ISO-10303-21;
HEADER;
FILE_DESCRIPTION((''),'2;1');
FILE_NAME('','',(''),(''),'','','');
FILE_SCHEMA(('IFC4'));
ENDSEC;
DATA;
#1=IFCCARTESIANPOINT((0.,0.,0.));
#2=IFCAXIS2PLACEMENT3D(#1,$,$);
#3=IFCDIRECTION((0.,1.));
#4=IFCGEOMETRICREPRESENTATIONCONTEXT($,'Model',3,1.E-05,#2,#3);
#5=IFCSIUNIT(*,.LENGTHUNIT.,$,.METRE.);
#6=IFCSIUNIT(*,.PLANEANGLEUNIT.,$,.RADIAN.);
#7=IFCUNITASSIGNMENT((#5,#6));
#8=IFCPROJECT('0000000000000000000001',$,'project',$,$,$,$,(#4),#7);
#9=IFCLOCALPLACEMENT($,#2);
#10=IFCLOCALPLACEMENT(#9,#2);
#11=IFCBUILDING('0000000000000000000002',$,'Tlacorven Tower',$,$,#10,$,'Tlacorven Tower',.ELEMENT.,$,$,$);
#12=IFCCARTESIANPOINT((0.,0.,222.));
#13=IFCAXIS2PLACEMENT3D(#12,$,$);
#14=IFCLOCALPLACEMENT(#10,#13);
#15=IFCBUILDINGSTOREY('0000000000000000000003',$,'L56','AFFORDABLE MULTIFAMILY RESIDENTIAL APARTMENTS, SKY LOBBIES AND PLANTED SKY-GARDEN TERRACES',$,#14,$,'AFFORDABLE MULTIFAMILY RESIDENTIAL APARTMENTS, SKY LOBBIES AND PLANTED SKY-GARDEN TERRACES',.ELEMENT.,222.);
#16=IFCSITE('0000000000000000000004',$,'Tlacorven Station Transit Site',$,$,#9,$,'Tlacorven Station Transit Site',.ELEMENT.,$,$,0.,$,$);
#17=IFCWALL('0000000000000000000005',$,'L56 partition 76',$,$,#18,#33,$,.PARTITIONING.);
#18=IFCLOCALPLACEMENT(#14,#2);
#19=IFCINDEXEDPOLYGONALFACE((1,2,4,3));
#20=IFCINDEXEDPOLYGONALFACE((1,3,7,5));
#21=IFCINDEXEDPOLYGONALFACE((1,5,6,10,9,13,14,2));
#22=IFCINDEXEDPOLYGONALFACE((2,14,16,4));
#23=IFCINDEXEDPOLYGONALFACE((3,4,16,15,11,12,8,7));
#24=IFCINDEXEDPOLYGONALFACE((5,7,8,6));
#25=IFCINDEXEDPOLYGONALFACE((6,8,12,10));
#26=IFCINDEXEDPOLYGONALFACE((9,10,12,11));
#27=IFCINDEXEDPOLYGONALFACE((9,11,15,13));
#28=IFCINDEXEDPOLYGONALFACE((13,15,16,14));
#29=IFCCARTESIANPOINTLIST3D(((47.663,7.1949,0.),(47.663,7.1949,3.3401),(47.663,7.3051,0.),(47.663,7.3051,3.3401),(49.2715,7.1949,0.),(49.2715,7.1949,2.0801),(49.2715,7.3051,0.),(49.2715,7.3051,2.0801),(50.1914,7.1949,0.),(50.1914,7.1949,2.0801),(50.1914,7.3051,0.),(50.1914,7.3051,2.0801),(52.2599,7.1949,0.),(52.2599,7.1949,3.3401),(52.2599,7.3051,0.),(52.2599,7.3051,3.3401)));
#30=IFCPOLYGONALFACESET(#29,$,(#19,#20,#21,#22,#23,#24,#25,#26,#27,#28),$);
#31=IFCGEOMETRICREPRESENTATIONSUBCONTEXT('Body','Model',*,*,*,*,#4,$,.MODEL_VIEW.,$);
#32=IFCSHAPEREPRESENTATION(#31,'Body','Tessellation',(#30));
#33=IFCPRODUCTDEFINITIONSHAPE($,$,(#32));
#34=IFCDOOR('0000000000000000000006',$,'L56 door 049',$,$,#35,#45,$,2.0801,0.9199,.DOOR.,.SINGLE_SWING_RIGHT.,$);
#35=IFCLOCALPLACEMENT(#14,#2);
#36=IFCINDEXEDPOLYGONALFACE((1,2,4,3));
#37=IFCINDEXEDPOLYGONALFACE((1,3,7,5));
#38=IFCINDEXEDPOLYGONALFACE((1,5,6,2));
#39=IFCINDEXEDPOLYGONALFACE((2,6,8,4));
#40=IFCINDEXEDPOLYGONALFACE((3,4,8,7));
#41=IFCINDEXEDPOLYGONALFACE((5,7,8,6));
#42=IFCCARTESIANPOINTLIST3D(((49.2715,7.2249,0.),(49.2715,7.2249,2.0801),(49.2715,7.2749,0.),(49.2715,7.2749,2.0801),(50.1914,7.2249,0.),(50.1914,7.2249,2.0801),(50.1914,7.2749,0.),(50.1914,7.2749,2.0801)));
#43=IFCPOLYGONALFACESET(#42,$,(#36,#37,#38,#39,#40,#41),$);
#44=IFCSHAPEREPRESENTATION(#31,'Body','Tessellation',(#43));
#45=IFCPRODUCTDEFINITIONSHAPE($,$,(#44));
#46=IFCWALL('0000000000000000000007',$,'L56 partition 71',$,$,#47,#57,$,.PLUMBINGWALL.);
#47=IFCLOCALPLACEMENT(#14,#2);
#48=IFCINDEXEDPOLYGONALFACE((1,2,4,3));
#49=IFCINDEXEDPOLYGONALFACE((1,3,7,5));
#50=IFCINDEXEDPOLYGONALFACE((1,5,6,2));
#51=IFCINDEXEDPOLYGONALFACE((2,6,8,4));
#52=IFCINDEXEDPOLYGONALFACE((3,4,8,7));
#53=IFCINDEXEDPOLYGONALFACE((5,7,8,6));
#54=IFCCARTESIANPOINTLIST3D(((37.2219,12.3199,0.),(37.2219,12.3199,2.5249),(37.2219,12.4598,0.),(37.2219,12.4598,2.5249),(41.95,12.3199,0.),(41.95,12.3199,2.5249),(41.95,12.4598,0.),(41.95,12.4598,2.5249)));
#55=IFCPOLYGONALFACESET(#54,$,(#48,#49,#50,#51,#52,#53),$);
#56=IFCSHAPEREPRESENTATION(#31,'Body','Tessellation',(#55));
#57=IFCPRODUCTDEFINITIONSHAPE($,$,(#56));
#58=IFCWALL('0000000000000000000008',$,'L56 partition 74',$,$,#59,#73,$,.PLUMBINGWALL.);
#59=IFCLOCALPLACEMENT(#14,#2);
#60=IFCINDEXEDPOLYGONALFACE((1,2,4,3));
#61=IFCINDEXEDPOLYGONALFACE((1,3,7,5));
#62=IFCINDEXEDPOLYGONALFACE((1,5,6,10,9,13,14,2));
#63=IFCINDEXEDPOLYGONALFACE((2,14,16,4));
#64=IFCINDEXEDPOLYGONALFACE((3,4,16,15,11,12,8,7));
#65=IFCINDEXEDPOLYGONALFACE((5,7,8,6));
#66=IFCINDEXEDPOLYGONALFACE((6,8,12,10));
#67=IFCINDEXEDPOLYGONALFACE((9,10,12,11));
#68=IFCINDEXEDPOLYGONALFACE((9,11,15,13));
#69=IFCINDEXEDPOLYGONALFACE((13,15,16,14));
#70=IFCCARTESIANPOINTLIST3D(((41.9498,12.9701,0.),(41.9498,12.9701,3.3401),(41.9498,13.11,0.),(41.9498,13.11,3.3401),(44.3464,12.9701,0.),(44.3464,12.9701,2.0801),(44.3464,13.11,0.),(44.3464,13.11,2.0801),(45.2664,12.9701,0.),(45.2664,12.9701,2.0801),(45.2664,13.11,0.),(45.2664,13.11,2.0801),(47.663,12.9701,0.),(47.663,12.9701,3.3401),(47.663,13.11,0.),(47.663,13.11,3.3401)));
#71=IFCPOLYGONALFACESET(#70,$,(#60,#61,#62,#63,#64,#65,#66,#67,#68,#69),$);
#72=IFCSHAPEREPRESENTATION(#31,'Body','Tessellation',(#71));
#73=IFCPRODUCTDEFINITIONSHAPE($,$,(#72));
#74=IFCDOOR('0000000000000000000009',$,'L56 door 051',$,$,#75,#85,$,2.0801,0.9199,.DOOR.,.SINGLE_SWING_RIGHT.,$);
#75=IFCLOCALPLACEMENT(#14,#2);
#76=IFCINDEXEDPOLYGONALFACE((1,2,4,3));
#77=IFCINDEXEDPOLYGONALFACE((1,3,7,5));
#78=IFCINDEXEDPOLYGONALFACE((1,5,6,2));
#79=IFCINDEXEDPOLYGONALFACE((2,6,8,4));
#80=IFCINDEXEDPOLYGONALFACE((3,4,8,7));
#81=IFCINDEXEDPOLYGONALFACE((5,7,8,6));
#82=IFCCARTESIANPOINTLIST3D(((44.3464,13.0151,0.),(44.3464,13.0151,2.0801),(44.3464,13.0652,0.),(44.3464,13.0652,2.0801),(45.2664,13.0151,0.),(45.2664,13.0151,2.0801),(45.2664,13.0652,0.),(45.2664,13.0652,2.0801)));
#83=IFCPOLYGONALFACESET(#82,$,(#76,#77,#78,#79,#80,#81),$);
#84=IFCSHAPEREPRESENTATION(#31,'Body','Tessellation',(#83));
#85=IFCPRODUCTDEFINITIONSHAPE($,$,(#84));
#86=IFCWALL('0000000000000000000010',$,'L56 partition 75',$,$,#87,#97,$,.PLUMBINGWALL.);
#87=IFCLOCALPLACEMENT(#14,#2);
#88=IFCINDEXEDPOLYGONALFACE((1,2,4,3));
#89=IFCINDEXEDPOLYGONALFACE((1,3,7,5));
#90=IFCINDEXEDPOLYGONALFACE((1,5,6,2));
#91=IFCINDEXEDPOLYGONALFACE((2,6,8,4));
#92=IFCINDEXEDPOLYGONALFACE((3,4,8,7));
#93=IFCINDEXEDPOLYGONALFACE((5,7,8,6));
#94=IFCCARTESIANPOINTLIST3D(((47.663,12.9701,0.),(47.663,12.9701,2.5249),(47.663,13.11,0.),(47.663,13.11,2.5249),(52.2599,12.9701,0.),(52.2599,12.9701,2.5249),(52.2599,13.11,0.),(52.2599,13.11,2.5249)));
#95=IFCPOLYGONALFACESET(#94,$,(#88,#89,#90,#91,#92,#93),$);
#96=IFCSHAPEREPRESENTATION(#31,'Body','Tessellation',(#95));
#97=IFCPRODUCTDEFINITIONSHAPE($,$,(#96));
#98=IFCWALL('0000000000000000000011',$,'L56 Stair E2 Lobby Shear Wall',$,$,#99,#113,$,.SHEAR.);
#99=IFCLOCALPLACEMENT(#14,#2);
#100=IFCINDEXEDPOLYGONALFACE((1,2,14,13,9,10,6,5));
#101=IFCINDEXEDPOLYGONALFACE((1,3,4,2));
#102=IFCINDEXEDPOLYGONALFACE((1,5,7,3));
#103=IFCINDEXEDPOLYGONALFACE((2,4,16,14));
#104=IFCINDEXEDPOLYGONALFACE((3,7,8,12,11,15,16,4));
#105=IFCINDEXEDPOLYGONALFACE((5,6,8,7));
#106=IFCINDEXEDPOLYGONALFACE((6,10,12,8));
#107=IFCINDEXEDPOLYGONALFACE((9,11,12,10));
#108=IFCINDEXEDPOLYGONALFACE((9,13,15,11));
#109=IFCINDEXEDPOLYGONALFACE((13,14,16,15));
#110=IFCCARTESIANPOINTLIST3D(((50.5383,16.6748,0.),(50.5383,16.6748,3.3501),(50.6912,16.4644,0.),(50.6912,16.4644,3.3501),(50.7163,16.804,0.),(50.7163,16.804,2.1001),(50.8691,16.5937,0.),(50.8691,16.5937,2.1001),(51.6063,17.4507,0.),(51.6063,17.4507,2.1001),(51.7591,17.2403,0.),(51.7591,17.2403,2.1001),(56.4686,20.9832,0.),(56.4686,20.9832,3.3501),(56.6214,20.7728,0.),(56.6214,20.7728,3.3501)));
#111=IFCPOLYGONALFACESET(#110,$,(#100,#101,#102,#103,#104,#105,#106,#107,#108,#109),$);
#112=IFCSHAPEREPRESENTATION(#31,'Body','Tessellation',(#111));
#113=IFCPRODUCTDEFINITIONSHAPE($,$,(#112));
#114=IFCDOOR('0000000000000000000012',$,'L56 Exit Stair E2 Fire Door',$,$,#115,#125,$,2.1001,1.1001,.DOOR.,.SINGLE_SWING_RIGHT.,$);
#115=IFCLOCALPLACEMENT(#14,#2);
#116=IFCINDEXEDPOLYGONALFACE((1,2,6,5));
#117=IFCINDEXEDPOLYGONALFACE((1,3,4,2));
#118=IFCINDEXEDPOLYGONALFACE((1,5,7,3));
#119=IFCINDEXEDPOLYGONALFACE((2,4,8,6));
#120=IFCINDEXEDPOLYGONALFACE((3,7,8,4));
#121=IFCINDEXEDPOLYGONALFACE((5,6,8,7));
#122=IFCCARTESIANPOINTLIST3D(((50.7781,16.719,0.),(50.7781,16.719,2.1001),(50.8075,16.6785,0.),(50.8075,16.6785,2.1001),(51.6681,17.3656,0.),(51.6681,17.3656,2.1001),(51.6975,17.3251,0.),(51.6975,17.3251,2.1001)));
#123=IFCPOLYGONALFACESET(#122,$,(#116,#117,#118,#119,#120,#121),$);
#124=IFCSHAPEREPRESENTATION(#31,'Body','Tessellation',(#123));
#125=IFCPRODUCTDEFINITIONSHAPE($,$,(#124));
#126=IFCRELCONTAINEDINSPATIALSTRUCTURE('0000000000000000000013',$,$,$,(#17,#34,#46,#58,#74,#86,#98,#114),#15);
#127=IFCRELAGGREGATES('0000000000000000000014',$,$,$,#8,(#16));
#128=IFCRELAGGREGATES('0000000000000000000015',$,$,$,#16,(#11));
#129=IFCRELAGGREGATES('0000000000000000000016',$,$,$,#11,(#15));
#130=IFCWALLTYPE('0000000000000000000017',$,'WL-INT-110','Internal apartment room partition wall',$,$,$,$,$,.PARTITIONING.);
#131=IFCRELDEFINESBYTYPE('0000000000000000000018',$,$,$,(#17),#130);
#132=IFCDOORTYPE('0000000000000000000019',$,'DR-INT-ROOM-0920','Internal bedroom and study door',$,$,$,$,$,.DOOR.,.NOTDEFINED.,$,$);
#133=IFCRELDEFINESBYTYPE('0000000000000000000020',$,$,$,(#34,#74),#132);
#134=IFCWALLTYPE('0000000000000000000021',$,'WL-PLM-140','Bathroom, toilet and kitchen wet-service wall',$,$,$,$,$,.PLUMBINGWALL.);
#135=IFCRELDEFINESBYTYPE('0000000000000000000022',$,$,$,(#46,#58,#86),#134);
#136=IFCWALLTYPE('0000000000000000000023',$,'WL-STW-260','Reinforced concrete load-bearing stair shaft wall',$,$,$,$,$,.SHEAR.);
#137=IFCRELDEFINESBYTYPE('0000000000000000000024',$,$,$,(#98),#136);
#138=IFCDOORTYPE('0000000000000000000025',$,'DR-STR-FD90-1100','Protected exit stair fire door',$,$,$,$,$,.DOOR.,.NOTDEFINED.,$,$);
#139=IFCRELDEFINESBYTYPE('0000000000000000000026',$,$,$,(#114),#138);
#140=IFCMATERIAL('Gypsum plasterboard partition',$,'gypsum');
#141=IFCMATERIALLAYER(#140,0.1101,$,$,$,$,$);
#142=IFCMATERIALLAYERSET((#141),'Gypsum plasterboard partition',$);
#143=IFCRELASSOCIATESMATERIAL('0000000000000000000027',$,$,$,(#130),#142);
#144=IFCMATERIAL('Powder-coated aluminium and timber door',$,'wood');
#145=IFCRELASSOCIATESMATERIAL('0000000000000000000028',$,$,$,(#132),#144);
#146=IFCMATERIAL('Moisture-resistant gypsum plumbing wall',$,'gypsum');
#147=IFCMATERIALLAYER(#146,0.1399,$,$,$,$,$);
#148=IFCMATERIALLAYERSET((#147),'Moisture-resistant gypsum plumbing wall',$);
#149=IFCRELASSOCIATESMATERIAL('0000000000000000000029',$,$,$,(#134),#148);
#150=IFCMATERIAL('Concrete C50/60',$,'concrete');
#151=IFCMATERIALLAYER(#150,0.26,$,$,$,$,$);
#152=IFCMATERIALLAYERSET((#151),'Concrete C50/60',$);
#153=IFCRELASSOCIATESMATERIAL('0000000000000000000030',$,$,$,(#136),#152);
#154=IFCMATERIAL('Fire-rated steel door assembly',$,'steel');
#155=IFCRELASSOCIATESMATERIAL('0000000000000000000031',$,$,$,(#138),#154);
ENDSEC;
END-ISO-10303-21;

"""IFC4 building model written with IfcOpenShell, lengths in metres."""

from ifc_helpers import new_model, si_unit, direction, frame, frame_2d, origin, place, context, subcontext, project, spatial, rectangle, extrude, source, transform, mapped, material, layer, layer_set, type_object, element, fill, save


model = new_model("IFC4")

# Units and contexts
model_context = context("Model", 3, precision=1e-05, world=origin(), true_north=direction((0.0, 1.0)))
body_context = subcontext(model_context, "Body", "Model", "MODEL_VIEW")
ifc_project = project(units=[si_unit("LENGTHUNIT", "METRE"), si_unit("PLANEANGLEUNIT", "RADIAN")], contexts=[model_context])

# Site, building, storey
site_placement = place(None, origin())
site = spatial("IfcSite", under=ifc_project, at=site_placement, Name="Tlacorven Station Transit Site", LongName="Tlacorven Station Transit Site", CompositionType="ELEMENT", RefElevation=0.0)
building_placement = place(site_placement, origin())
building = spatial("IfcBuilding", under=site, at=building_placement, Name="Tlacorven Tower", LongName="Tlacorven Tower", CompositionType="ELEMENT")
storey_placement = place(building_placement, frame((0.0, 0.0, 222.0)))
storey = spatial("IfcBuildingStorey", under=building, at=storey_placement, Name="L56", Description="AFFORDABLE MULTIFAMILY RESIDENTIAL APARTMENTS, SKY LOBBIES AND PLANTED SKY-GARDEN TERRACES", LongName="AFFORDABLE MULTIFAMILY RESIDENTIAL APARTMENTS, SKY LOBBIES AND PLANTED SKY-GARDEN TERRACES", CompositionType="ELEMENT", Elevation=222.0)

# Shared definitions
ifc_material_1 = material(Name="Fire-rated steel door assembly", Category="steel")

# Wall, opening, door
ifc_material_2 = material(Name="Gypsum plasterboard partition", Category="gypsum")
ifc_layer_1 = layer(ifc_material_2, 0.1101)
ifc_layer_set_1 = layer_set([ifc_layer_1], Name="Gypsum plasterboard partition")
wall_type_1 = type_object("IfcWallType", Name="WL-INT-110", Description="Internal apartment room partition wall", PredefinedType="PARTITIONING", material=ifc_layer_set_1)
ifc_material_3 = material(Name="Powder-coated aluminium and timber door", Category="wood")
door_type_1 = type_object("IfcDoorType", Name="DR-INT-ROOM-0920", Description="Internal bedroom and study door", OperationType="NOTDEFINED", PredefinedType="DOOR", material=ifc_material_3)
shared_shape_1 = source(origin(), body_context, "Body", "SweptSolid", [
    extrude(rectangle(XDim=0.9199, YDim=2.0801, at=frame_2d((0.46, 1.04))), frame((0.0, 0.0249, 0.0), z_axis=(0.0, -1.0, 0.0), x_axis=(1.0, 0.0, 0.0)), (0.0, 0.0, 1.0), 0.05),
])
wall_1_placement = place(storey_placement, frame((47.6631, 7.25, 0.0), z_axis=(0.0, 0.0, 1.0), x_axis=(1.0, 0.0, 0.0)))
wall_1 = element("IfcWall", 1, at=wall_1_placement, inside=storey, type_object=wall_type_1, Name="L56 partition 76", PredefinedType="PARTITIONING", context=body_context, shape_type="SweptSolid", body=[
    extrude(rectangle(XDim=4.5969, YDim=0.1101, at=frame_2d((2.2983, 0.0))), origin(), (0.0, 0.0, 1.0), 3.3401),
])
opening_1_placement = place(wall_1_placement, frame((1.6084, 0.0, 0.0)))
opening_1 = element("IfcOpeningElement", 2, at=opening_1_placement, cuts=wall_1, PredefinedType="OPENING", context=body_context, shape_type="SweptSolid", body=[
    extrude(rectangle(XDim=0.9199, YDim=2.0801, at=frame_2d((0.46, 1.04))), frame((0.0, 0.0649, 0.0), z_axis=(0.0, -1.0, 0.0), x_axis=(1.0, 0.0, 0.0)), (0.0, 0.0, 1.0), 0.1301),
])
door_1_placement = place(opening_1_placement, origin())
door_1 = element("IfcDoor", 3, at=door_1_placement, inside=storey, type_object=door_type_1, Name="L56 door 049", OperationType="SINGLE_SWING_RIGHT", OverallHeight=2.0801, OverallWidth=0.9199, PredefinedType="DOOR", context=body_context, shape_type="MappedRepresentation", body=[
    mapped(shared_shape_1, transform((0.0, 0.0, 0.0), scale=1.0)),
])
fill(opening_1, door_1)

# Wall
ifc_material_4 = material(Name="Moisture-resistant gypsum plumbing wall", Category="gypsum")
ifc_layer_2 = layer(ifc_material_4, 0.1399)
ifc_layer_set_2 = layer_set([ifc_layer_2], Name="Moisture-resistant gypsum plumbing wall")
wall_type_2 = type_object("IfcWallType", Name="WL-PLM-140", Description="Bathroom, toilet and kitchen wet-service wall", PredefinedType="PLUMBINGWALL", material=ifc_layer_set_2)
wall_2_placement = place(storey_placement, frame((37.2219, 12.3899, 0.0), z_axis=(0.0, 0.0, 1.0), x_axis=(1.0, 0.0, 0.0)))
element("IfcWall", 4, at=wall_2_placement, inside=storey, type_object=wall_type_2, Name="L56 partition 71", PredefinedType="PLUMBINGWALL", context=body_context, shape_type="SweptSolid", body=[
    extrude(rectangle(XDim=4.728, YDim=0.1399, at=frame_2d((2.364, 0.0))), origin(), (0.0, 0.0, 1.0), 2.5249),
])

# Wall, opening, door
wall_3_placement = place(storey_placement, frame((41.95, 13.04, 0.0), z_axis=(0.0, 0.0, 1.0), x_axis=(1.0, 0.0, 0.0)))
wall_3 = element("IfcWall", 5, at=wall_3_placement, inside=storey, type_object=wall_type_2, Name="L56 partition 74", PredefinedType="PLUMBINGWALL", context=body_context, shape_type="SweptSolid", body=[
    extrude(rectangle(XDim=5.7131, YDim=0.1399, at=frame_2d((2.8564, 0.0))), origin(), (0.0, 0.0, 1.0), 3.3401),
])
opening_2_placement = place(wall_3_placement, frame((2.3965, 0.0, 0.0)))
opening_2 = element("IfcOpeningElement", 6, at=opening_2_placement, cuts=wall_3, PredefinedType="OPENING", context=body_context, shape_type="SweptSolid", body=[
    extrude(rectangle(XDim=0.9199, YDim=2.0801, at=frame_2d((0.46, 1.04))), frame((0.0, 0.0801, 0.0), z_axis=(0.0, -1.0, 0.0), x_axis=(1.0, 0.0, 0.0)), (0.0, 0.0, 1.0), 0.1599),
])
door_2_placement = place(opening_2_placement, frame((0.9199, 0.0, 0.0), z_axis=(0.0, 0.0, 1.0), x_axis=(-1.0, 0.0, 0.0)))
door_2 = element("IfcDoor", 7, at=door_2_placement, inside=storey, type_object=door_type_1, Name="L56 door 051", OperationType="SINGLE_SWING_RIGHT", OverallHeight=2.0801, OverallWidth=0.9199, PredefinedType="DOOR", context=body_context, shape_type="MappedRepresentation", body=[
    mapped(shared_shape_1, transform((0.0, 0.0, 0.0), scale=1.0)),
])
fill(opening_2, door_2)

# Wall
wall_4_placement = place(storey_placement, frame((47.6631, 13.04, 0.0), z_axis=(0.0, 0.0, 1.0), x_axis=(1.0, 0.0, 0.0)))
element("IfcWall", 8, at=wall_4_placement, inside=storey, type_object=wall_type_2, Name="L56 partition 75", PredefinedType="PLUMBINGWALL", context=body_context, shape_type="SweptSolid", body=[
    extrude(rectangle(XDim=4.5969, YDim=0.1399, at=frame_2d((2.2983, 0.0))), origin(), (0.0, 0.0, 1.0), 2.5249),
])

# Wall, opening, door
ifc_material_5 = material(Name="Concrete C50/60", Category="concrete")
ifc_layer_3 = layer(ifc_material_5, 0.26)
ifc_layer_set_3 = layer_set([ifc_layer_3], Name="Concrete C50/60")
wall_type_3 = type_object("IfcWallType", Name="WL-STW-260", Description="Reinforced concrete load-bearing stair shaft wall", PredefinedType="SHEAR", material=ifc_layer_set_3)
wall_5_placement = place(storey_placement, frame((50.6147, 16.5696, 0.0), z_axis=(0.0, 0.0, 1.0), x_axis=(0.809028, 0.58777, 0.0)))
wall_5 = element("IfcWall", 9, at=wall_5_placement, inside=storey, type_object=wall_type_3, Name="L56 Stair E2 Lobby Shear Wall", PredefinedType="SHEAR", context=body_context, shape_type="SweptSolid", body=[
    extrude(rectangle(XDim=7.3301, YDim=0.26, at=frame_2d((3.665, 0.0))), origin(), (0.0, 0.0, 1.0), 3.3501),
])
opening_3_placement = place(wall_5_placement, frame((0.22, 0.0, 0.0)))
opening_3 = element("IfcOpeningElement", 10, at=opening_3_placement, cuts=wall_5, PredefinedType="OPENING", context=body_context, shape_type="SweptSolid", body=[
    extrude(rectangle(XDim=1.1001, YDim=2.1001, at=frame_2d((0.55, 1.05))), frame((0.0, 0.1401, 0.0), z_axis=(0.0, -1.0, 0.0), x_axis=(1.0, 0.0, 0.0)), (0.0, 0.0, 1.0), 0.28),
])
door_type_2 = type_object("IfcDoorType", Name="DR-STR-FD90-1100", Description="Protected exit stair fire door", OperationType="NOTDEFINED", PredefinedType="DOOR", material=ifc_material_1)
shared_shape_2 = source(origin(), body_context, "Body", "SweptSolid", [
    extrude(rectangle(XDim=1.1001, YDim=2.1001, at=frame_2d((0.55, 1.05))), frame((0.0, 0.0249, 0.0), z_axis=(0.0, -1.0, 0.0), x_axis=(1.0, 0.0, 0.0)), (0.0, 0.0, 1.0), 0.05),
])
door_3_placement = place(opening_3_placement, origin())
door_3 = element("IfcDoor", 11, at=door_3_placement, inside=storey, type_object=door_type_2, Name="L56 Exit Stair E2 Fire Door", OperationType="SINGLE_SWING_RIGHT", OverallHeight=2.1001, OverallWidth=1.1001, PredefinedType="DOOR", context=body_context, shape_type="MappedRepresentation", body=[
    mapped(shared_shape_2, transform((0.0, 0.0, 0.0), scale=1.0)),
])
fill(opening_3, door_3)

save(model, "model.ifc")
